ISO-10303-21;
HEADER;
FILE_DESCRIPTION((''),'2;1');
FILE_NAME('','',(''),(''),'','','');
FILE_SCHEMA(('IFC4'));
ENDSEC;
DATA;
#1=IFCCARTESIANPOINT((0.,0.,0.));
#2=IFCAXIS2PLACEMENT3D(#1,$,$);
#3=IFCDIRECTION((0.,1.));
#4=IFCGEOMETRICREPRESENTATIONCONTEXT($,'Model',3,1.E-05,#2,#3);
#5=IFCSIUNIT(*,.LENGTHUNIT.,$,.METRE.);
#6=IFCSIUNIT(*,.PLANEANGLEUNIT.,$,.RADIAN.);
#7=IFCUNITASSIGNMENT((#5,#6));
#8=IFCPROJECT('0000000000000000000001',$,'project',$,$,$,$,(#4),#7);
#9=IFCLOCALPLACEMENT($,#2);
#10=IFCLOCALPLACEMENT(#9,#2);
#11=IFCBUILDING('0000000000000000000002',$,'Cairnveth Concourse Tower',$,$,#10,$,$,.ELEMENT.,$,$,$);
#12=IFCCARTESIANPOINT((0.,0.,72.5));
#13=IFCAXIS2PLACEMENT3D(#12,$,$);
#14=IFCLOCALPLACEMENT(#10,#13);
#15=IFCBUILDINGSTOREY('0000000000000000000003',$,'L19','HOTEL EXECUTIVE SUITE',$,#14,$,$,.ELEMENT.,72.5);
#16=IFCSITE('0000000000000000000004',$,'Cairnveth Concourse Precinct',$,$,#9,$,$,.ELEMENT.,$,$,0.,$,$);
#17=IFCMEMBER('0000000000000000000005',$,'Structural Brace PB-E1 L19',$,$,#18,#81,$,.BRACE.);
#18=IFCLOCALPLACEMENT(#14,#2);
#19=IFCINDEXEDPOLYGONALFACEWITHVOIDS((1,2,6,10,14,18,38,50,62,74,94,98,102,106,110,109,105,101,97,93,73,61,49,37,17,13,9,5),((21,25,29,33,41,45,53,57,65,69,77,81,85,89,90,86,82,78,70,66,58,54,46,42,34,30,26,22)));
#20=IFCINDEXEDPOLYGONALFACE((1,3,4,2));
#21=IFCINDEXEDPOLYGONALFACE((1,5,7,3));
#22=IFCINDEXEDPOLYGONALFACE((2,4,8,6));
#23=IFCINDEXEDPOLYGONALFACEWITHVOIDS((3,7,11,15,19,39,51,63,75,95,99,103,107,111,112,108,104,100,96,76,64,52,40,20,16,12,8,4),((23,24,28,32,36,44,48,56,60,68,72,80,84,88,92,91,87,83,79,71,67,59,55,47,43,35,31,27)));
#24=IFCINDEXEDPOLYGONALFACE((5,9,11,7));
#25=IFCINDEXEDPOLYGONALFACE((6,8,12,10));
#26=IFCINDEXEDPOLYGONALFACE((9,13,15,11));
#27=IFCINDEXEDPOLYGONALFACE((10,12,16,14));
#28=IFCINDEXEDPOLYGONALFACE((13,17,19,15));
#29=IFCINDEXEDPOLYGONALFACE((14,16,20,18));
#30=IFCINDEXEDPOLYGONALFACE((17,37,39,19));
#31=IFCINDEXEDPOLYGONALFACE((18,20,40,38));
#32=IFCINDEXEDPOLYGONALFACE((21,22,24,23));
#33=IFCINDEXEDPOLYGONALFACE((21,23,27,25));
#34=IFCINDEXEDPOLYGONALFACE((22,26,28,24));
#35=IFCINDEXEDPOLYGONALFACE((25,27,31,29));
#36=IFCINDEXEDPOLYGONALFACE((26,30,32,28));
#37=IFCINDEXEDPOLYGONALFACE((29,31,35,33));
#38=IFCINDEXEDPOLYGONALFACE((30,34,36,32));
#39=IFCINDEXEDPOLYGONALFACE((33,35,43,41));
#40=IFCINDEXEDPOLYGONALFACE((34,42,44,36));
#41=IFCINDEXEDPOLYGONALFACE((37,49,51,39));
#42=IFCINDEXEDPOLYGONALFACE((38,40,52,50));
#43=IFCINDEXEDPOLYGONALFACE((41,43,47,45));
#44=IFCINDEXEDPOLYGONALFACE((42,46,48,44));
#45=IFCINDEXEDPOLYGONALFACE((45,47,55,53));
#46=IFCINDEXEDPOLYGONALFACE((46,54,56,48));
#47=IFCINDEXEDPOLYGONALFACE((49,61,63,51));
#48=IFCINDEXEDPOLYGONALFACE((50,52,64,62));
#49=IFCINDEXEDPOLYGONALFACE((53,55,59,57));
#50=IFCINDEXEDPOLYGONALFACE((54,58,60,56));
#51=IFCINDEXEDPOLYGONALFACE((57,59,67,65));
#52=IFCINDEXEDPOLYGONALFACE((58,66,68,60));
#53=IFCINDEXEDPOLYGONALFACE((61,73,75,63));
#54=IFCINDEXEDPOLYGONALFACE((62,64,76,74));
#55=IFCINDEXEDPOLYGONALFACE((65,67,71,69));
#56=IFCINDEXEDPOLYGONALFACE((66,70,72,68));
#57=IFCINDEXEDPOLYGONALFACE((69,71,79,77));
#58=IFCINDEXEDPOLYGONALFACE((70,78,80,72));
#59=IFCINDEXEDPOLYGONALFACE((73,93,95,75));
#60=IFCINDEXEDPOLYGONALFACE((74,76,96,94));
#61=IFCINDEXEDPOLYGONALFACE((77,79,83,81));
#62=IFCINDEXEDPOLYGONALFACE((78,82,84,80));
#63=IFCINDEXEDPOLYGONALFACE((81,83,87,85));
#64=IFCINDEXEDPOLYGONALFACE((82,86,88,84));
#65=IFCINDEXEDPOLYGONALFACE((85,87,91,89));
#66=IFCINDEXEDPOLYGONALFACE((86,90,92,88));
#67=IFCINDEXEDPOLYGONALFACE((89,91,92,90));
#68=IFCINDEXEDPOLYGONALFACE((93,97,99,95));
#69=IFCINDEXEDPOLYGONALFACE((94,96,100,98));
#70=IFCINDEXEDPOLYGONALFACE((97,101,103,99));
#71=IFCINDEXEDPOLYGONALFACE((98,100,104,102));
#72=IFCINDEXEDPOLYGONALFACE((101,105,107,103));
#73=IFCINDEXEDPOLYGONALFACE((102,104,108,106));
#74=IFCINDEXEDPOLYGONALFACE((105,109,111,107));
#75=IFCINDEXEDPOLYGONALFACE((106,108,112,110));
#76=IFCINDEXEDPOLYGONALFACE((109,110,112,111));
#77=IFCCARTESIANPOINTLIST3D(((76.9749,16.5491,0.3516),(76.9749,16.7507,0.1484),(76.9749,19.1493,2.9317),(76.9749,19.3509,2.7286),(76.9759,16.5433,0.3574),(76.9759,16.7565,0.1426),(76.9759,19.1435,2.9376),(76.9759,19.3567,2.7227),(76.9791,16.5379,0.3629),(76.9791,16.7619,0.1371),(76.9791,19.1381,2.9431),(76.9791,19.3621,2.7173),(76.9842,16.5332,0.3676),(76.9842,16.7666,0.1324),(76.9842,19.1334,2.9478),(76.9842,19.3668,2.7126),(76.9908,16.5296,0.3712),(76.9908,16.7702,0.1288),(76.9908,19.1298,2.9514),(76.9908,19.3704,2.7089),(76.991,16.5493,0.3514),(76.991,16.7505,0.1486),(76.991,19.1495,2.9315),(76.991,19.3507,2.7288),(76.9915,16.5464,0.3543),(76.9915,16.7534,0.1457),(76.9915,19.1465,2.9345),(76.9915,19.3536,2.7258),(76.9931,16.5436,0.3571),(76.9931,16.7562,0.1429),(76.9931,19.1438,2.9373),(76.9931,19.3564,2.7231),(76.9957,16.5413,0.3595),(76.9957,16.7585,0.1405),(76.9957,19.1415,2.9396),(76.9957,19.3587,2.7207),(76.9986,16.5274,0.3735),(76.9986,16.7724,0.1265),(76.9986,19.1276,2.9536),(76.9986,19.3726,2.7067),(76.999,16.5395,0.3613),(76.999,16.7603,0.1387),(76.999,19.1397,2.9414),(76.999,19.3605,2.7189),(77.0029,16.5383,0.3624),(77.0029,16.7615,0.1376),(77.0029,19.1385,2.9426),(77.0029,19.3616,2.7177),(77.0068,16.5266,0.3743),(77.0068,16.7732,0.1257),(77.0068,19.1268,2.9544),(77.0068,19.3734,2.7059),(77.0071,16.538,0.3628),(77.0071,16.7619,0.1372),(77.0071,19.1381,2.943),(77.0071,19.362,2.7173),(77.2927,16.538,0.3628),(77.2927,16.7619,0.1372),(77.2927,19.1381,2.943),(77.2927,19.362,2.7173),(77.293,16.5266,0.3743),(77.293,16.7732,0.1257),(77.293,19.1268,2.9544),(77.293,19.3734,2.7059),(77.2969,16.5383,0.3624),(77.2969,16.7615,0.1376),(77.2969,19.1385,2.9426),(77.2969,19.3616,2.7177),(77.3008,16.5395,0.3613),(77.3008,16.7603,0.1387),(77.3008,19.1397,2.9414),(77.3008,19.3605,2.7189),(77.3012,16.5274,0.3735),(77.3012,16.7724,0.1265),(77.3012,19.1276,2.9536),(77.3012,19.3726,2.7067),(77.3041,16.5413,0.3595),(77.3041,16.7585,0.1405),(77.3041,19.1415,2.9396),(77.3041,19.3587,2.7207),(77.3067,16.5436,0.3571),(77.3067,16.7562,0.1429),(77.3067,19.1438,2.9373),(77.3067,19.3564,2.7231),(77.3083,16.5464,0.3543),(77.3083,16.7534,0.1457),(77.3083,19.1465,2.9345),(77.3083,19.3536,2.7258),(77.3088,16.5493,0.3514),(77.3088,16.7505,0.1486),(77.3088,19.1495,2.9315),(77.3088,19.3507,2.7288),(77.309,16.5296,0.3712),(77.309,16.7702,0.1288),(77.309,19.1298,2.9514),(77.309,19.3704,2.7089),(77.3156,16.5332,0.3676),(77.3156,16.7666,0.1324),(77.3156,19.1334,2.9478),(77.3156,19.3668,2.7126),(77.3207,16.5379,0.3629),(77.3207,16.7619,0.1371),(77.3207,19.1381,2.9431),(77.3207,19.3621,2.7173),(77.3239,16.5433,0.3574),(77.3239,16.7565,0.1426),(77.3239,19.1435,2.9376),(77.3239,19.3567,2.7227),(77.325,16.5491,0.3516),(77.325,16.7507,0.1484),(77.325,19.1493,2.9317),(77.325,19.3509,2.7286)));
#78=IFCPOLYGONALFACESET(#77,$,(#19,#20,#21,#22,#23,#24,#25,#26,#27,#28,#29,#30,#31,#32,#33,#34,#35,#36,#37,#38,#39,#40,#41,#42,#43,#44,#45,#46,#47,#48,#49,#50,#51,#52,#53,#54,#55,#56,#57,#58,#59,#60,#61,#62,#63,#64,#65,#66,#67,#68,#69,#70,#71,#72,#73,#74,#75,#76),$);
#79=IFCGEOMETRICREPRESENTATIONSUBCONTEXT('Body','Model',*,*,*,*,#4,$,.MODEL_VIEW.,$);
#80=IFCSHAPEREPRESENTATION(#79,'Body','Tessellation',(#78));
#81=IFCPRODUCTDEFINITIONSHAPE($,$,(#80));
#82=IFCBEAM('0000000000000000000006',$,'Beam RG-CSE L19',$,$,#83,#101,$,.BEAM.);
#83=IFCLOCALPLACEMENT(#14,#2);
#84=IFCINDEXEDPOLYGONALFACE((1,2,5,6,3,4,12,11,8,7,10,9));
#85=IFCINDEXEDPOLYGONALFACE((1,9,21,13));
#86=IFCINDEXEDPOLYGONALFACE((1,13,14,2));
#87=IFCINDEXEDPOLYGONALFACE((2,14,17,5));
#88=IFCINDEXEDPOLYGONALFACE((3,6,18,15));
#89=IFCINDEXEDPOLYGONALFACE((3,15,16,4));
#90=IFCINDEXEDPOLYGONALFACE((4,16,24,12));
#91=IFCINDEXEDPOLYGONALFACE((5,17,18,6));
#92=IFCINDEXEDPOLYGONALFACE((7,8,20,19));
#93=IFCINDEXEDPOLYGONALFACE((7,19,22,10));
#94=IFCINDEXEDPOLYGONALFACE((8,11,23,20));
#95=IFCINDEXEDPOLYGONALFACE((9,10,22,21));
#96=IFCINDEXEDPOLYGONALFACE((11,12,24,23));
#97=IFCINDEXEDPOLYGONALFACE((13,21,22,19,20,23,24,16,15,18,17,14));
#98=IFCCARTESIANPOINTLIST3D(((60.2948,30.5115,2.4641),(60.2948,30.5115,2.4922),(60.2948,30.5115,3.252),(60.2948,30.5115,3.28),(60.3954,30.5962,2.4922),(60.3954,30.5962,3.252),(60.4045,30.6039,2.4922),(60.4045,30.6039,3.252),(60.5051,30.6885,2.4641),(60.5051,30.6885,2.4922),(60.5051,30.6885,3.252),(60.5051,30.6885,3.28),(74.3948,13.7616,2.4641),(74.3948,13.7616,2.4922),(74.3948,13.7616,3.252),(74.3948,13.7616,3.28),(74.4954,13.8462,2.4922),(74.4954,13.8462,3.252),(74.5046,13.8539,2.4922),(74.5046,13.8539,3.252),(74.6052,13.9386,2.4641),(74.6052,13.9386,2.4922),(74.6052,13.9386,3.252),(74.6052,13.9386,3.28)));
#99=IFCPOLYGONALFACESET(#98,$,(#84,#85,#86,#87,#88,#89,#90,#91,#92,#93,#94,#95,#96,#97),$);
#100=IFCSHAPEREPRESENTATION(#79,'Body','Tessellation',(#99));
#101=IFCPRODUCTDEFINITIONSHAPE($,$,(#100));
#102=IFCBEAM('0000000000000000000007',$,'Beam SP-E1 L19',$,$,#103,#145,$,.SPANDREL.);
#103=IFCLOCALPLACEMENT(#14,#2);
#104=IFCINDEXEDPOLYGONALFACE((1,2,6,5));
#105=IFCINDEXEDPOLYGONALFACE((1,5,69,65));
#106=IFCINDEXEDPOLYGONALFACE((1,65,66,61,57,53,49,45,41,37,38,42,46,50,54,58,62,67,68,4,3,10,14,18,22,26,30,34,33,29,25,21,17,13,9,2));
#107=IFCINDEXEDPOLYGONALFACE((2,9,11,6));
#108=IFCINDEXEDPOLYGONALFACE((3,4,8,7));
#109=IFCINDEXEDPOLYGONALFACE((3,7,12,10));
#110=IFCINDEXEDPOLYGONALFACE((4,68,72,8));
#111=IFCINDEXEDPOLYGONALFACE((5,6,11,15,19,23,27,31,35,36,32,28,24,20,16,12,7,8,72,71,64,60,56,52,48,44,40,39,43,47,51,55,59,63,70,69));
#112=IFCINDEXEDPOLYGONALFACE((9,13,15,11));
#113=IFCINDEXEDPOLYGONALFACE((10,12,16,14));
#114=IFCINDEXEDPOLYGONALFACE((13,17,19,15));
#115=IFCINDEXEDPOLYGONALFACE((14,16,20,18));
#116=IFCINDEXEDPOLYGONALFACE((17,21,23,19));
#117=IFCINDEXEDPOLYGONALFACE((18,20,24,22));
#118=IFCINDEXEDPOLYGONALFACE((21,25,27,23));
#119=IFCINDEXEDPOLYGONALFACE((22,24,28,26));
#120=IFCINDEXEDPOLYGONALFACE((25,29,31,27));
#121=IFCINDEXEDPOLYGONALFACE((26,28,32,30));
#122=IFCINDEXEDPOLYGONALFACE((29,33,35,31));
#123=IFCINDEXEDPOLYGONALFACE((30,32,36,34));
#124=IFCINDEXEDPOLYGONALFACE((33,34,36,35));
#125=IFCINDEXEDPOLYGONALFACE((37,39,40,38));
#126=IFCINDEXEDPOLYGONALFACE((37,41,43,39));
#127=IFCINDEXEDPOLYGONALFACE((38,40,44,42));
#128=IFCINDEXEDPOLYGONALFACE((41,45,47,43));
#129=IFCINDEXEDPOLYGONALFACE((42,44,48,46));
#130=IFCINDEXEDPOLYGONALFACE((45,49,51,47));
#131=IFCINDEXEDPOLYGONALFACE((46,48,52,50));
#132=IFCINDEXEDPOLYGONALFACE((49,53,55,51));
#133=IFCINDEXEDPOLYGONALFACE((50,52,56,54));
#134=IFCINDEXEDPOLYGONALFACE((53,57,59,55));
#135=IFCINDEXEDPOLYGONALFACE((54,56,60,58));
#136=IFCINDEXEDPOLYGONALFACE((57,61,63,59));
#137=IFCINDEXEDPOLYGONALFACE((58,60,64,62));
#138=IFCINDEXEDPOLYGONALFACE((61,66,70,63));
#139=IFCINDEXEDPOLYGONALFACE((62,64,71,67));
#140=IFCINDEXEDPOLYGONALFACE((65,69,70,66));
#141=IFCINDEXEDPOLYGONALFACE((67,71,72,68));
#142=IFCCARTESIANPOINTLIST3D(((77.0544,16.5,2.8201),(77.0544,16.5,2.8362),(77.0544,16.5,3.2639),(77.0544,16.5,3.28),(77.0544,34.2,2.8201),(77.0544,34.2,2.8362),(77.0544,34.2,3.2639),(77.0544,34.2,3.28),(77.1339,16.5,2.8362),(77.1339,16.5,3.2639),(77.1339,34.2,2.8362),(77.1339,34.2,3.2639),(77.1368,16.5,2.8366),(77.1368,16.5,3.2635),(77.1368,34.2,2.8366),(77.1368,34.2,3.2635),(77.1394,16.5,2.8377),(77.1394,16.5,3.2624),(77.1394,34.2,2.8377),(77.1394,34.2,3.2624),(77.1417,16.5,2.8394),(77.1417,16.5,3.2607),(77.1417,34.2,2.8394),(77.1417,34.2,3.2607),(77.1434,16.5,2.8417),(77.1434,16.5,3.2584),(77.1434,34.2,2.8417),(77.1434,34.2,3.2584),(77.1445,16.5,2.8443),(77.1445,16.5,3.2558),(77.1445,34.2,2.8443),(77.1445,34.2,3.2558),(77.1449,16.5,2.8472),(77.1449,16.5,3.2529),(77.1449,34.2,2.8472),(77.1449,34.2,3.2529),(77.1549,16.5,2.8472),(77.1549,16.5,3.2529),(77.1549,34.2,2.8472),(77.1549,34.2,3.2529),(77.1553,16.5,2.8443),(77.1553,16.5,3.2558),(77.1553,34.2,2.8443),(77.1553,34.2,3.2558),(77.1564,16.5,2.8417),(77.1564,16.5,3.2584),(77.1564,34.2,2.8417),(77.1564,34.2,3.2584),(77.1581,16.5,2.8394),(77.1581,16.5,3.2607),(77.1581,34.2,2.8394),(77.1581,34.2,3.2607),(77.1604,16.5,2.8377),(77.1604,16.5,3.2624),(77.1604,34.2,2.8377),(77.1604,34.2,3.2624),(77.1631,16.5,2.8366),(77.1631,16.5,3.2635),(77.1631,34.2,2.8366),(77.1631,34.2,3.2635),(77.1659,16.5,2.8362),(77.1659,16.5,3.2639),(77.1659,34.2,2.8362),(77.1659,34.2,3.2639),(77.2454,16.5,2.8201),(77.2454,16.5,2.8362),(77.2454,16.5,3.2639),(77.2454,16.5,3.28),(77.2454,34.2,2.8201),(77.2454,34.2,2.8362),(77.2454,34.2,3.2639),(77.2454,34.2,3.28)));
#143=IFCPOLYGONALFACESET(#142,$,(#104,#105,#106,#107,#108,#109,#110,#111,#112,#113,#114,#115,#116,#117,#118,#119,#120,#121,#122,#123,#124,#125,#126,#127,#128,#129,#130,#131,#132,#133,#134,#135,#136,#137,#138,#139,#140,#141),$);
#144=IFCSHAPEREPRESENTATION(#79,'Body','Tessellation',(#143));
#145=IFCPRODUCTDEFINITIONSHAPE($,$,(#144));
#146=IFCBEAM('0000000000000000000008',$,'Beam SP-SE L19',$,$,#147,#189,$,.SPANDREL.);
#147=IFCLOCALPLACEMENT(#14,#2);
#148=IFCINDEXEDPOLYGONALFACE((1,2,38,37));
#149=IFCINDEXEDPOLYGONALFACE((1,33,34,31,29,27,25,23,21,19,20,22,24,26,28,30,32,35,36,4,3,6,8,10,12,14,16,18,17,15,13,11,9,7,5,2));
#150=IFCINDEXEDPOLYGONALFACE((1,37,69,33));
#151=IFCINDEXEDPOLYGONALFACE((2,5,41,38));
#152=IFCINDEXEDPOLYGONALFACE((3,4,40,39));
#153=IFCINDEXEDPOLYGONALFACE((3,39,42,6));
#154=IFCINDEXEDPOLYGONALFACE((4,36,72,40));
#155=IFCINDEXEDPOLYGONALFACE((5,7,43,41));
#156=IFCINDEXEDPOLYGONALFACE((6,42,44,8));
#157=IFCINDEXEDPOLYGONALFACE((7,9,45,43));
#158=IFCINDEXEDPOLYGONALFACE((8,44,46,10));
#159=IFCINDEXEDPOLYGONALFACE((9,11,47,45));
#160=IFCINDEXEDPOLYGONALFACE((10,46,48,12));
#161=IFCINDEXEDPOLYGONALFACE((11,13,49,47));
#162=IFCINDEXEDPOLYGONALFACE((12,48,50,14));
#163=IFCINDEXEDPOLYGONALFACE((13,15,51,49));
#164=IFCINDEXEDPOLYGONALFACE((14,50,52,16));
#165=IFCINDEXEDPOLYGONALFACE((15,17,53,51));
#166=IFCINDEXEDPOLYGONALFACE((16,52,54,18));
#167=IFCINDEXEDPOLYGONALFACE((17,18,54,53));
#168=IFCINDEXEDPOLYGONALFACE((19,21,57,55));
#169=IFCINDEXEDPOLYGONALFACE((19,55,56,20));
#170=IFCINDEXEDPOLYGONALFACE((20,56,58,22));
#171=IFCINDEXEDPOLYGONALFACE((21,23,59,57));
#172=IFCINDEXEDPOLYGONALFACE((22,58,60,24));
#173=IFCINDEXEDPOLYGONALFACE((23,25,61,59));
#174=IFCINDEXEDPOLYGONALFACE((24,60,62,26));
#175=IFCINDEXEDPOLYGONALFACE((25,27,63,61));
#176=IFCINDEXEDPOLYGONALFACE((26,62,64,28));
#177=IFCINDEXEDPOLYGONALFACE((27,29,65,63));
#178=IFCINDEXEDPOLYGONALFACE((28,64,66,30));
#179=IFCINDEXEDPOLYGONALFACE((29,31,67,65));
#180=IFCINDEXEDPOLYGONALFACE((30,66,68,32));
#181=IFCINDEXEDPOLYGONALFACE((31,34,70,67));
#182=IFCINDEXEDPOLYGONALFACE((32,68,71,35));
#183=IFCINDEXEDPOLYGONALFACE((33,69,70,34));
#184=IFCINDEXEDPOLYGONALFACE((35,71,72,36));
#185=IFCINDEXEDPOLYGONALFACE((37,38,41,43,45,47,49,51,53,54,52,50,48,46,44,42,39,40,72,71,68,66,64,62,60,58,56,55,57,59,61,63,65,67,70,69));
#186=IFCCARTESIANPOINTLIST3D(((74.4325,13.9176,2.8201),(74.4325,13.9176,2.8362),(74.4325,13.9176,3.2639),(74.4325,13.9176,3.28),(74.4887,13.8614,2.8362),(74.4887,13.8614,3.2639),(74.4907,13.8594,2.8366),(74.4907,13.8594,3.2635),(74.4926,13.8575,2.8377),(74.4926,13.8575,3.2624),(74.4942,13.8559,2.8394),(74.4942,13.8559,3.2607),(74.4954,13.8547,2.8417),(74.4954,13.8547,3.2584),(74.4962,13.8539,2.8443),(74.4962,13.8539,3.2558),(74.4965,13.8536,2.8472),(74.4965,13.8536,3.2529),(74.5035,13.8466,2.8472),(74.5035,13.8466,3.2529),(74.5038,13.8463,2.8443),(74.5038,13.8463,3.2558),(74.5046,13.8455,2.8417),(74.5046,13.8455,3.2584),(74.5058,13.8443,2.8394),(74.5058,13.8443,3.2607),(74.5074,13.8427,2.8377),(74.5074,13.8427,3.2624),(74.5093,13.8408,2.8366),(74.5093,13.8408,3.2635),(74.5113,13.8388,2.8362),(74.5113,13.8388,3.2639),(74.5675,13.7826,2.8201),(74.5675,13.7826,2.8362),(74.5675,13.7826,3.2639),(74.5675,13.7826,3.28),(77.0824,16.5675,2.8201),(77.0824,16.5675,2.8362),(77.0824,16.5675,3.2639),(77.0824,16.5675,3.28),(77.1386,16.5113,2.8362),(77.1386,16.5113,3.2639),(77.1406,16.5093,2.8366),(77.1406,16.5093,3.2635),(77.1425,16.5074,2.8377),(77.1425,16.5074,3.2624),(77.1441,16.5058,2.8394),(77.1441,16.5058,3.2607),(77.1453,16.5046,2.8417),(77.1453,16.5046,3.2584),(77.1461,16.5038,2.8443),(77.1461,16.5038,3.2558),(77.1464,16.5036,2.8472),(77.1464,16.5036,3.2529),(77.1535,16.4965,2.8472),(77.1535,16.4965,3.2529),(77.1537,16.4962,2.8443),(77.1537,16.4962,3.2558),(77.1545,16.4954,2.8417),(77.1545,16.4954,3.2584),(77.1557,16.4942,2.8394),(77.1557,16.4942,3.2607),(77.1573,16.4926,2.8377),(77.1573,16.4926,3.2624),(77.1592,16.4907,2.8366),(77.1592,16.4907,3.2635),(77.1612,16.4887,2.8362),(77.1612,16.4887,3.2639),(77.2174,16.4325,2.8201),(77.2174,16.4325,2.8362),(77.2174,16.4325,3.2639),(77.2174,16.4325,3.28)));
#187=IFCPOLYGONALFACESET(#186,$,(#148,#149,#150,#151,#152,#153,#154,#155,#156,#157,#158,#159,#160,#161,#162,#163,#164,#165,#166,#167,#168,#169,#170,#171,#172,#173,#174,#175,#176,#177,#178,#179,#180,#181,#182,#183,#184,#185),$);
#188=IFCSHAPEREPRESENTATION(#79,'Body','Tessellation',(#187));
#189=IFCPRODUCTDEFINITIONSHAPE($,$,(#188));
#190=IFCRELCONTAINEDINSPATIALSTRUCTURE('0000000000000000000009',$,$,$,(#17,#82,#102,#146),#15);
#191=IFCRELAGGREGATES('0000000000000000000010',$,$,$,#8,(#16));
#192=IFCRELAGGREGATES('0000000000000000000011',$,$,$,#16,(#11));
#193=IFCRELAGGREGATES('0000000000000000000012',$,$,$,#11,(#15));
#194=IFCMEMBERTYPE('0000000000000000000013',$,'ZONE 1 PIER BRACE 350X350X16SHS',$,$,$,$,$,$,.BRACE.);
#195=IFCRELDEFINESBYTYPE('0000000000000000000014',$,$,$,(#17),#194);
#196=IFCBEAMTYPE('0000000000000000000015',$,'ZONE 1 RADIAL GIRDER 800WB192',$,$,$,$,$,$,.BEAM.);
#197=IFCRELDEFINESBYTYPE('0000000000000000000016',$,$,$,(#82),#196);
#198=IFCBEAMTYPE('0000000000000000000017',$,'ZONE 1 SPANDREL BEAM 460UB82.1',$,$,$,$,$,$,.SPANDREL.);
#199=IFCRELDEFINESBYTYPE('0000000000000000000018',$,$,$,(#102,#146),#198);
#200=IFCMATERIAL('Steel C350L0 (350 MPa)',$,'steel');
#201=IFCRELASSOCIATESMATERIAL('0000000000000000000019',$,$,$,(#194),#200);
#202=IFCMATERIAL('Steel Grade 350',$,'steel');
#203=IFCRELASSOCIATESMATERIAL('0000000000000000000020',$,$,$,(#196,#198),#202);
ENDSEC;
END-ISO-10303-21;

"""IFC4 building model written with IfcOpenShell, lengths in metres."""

from ifc_helpers import new_model, si_unit, direction, frame, origin, origin_2d, place, context, subcontext, project, spatial, hollow_rectangle, i_section, extrude, material, material_profile, profile_set, type_object, element, save


model = new_model("IFC4")

# Units and contexts
model_context = context("Model", 3, precision=1e-05, world=origin(), true_north=direction((0.0, 1.0)))
body_context = subcontext(model_context, "Body", "Model", "MODEL_VIEW")
ifc_project = project(units=[si_unit("LENGTHUNIT", "METRE"), si_unit("PLANEANGLEUNIT", "RADIAN")], contexts=[model_context])

# Site, building, storey
site_placement = place(None, origin())
site = spatial("IfcSite", under=ifc_project, at=site_placement, Name="Cairnveth Concourse Precinct", CompositionType="ELEMENT", RefElevation=0.0)
building_placement = place(site_placement, origin())
building = spatial("IfcBuilding", under=site, at=building_placement, Name="Cairnveth Concourse Tower", CompositionType="ELEMENT")
storey_placement = place(building_placement, frame((0.0, 0.0, 72.5)))
storey = spatial("IfcBuildingStorey", under=building, at=storey_placement, Name="L19", Description="HOTEL EXECUTIVE SUITE", CompositionType="ELEMENT", Elevation=72.5)

# Shared definitions
ifc_material_1 = material(Name="Steel Grade 350", Category="steel")

# Member
ifc_material_2 = material(Name="Steel C350L0 (350 MPa)", Category="steel")
ifc_material_profile_1 = material_profile(ifc_material_2, hollow_rectangle(XDim=0.3501, YDim=0.3501, WallThickness=0.0161, InnerFilletRadius=0.0161, OuterFilletRadius=0.032, at=origin_2d()), Name="350x350x16.0SHS")
ifc_profile_set_1 = profile_set([ifc_material_profile_1], Name="Steel C350L0 (350 MPa)")
member_type = type_object("IfcMemberType", Name="ZONE 1 PIER BRACE 350X350X16SHS", PredefinedType="BRACE", material=ifc_profile_set_1)
for number, where, z_axis, x_axis, name in (
    (1, (77.1499, 16.6499, 0.25), (0.0, 0.709834, 0.704369), (-1.0, 0.0, 0.0), "Structural Brace PB-E1 L19"),
):
    element("IfcMember", number, at=place(storey_placement, frame(where, z_axis=z_axis, x_axis=x_axis)), inside=storey, type_object=member_type, Name=name, PredefinedType="BRACE", context=body_context, shape_type="SweptSolid", body=[
        extrude(hollow_rectangle(XDim=0.3501, YDim=0.3501, WallThickness=0.0161, InnerFilletRadius=0.0161, OuterFilletRadius=0.032, at=origin_2d()), origin(), (0.0, 0.0, 1.0), 3.6631),
    ])

# Beams
ifc_material_profile_2 = material_profile(ifc_material_1, i_section(OverallWidth=0.2749, OverallDepth=0.8159, WebThickness=0.012, FlangeThickness=0.0281, at=origin_2d()), Name="800WB192")
ifc_profile_set_2 = profile_set([ifc_material_profile_2], Name="Steel Grade 350")
beam_type_1 = type_object("IfcBeamType", Name="ZONE 1 RADIAL GIRDER 800WB192", PredefinedType="BEAM", material=ifc_profile_set_2)
beam_1_placement = place(storey_placement, frame((74.5, 13.8501, 2.8721), z_axis=(-0.643998, 0.765027, 0.0), x_axis=(-0.765027, -0.643998, 0.0)))
element("IfcBeam", 2, at=beam_1_placement, inside=storey, type_object=beam_type_1, Name="Beam RG-CSE L19", PredefinedType="BEAM", context=body_context, shape_type="SweptSolid", body=[
    extrude(i_section(OverallWidth=0.2749, OverallDepth=0.8159, WebThickness=0.012, FlangeThickness=0.0281, at=origin_2d()), origin(), (0.0, 0.0, 1.0), 21.8945),
])
ifc_material_profile_3 = material_profile(ifc_material_1, i_section(OverallWidth=0.1909, OverallDepth=0.46, WebThickness=0.01, FlangeThickness=0.0161, FilletRadius=0.011, at=origin_2d()), Name="460UB82.1")
ifc_profile_set_3 = profile_set([ifc_material_profile_3], Name="Steel Grade 350")
beam_type_2 = type_object("IfcBeamType", Name="ZONE 1 SPANDREL BEAM 460UB82.1", PredefinedType="SPANDREL", material=ifc_profile_set_3)
beam_2_placement = place(storey_placement, frame((77.1499, 16.5, 3.05), z_axis=(0.0, 1.0, 0.0), x_axis=(-1.0, 0.0, 0.0)))
element("IfcBeam", 3, at=beam_2_placement, inside=storey, type_object=beam_type_2, Name="Beam SP-E1 L19", PredefinedType="SPANDREL", context=body_context, shape_type="SweptSolid", body=[
    extrude(i_section(OverallWidth=0.1909, OverallDepth=0.46, WebThickness=0.01, FlangeThickness=0.0161, FilletRadius=0.011, at=origin_2d()), origin(), (0.0, 0.0, 1.0), 17.7),
])
beam_3_placement = place(storey_placement, frame((74.5, 13.8501, 3.05), z_axis=(0.707107, 0.707107, 0.0), x_axis=(-0.707107, 0.707107, 0.0)))
element("IfcBeam", 4, at=beam_3_placement, inside=storey, type_object=beam_type_2, Name="Beam SP-SE L19", PredefinedType="SPANDREL", context=body_context, shape_type="SweptSolid", body=[
    extrude(i_section(OverallWidth=0.1909, OverallDepth=0.46, WebThickness=0.01, FlangeThickness=0.0161, FilletRadius=0.011, at=origin_2d()), origin(), (0.0, 0.0, 1.0), 3.7476),
])

save(model, "model.ifc")
